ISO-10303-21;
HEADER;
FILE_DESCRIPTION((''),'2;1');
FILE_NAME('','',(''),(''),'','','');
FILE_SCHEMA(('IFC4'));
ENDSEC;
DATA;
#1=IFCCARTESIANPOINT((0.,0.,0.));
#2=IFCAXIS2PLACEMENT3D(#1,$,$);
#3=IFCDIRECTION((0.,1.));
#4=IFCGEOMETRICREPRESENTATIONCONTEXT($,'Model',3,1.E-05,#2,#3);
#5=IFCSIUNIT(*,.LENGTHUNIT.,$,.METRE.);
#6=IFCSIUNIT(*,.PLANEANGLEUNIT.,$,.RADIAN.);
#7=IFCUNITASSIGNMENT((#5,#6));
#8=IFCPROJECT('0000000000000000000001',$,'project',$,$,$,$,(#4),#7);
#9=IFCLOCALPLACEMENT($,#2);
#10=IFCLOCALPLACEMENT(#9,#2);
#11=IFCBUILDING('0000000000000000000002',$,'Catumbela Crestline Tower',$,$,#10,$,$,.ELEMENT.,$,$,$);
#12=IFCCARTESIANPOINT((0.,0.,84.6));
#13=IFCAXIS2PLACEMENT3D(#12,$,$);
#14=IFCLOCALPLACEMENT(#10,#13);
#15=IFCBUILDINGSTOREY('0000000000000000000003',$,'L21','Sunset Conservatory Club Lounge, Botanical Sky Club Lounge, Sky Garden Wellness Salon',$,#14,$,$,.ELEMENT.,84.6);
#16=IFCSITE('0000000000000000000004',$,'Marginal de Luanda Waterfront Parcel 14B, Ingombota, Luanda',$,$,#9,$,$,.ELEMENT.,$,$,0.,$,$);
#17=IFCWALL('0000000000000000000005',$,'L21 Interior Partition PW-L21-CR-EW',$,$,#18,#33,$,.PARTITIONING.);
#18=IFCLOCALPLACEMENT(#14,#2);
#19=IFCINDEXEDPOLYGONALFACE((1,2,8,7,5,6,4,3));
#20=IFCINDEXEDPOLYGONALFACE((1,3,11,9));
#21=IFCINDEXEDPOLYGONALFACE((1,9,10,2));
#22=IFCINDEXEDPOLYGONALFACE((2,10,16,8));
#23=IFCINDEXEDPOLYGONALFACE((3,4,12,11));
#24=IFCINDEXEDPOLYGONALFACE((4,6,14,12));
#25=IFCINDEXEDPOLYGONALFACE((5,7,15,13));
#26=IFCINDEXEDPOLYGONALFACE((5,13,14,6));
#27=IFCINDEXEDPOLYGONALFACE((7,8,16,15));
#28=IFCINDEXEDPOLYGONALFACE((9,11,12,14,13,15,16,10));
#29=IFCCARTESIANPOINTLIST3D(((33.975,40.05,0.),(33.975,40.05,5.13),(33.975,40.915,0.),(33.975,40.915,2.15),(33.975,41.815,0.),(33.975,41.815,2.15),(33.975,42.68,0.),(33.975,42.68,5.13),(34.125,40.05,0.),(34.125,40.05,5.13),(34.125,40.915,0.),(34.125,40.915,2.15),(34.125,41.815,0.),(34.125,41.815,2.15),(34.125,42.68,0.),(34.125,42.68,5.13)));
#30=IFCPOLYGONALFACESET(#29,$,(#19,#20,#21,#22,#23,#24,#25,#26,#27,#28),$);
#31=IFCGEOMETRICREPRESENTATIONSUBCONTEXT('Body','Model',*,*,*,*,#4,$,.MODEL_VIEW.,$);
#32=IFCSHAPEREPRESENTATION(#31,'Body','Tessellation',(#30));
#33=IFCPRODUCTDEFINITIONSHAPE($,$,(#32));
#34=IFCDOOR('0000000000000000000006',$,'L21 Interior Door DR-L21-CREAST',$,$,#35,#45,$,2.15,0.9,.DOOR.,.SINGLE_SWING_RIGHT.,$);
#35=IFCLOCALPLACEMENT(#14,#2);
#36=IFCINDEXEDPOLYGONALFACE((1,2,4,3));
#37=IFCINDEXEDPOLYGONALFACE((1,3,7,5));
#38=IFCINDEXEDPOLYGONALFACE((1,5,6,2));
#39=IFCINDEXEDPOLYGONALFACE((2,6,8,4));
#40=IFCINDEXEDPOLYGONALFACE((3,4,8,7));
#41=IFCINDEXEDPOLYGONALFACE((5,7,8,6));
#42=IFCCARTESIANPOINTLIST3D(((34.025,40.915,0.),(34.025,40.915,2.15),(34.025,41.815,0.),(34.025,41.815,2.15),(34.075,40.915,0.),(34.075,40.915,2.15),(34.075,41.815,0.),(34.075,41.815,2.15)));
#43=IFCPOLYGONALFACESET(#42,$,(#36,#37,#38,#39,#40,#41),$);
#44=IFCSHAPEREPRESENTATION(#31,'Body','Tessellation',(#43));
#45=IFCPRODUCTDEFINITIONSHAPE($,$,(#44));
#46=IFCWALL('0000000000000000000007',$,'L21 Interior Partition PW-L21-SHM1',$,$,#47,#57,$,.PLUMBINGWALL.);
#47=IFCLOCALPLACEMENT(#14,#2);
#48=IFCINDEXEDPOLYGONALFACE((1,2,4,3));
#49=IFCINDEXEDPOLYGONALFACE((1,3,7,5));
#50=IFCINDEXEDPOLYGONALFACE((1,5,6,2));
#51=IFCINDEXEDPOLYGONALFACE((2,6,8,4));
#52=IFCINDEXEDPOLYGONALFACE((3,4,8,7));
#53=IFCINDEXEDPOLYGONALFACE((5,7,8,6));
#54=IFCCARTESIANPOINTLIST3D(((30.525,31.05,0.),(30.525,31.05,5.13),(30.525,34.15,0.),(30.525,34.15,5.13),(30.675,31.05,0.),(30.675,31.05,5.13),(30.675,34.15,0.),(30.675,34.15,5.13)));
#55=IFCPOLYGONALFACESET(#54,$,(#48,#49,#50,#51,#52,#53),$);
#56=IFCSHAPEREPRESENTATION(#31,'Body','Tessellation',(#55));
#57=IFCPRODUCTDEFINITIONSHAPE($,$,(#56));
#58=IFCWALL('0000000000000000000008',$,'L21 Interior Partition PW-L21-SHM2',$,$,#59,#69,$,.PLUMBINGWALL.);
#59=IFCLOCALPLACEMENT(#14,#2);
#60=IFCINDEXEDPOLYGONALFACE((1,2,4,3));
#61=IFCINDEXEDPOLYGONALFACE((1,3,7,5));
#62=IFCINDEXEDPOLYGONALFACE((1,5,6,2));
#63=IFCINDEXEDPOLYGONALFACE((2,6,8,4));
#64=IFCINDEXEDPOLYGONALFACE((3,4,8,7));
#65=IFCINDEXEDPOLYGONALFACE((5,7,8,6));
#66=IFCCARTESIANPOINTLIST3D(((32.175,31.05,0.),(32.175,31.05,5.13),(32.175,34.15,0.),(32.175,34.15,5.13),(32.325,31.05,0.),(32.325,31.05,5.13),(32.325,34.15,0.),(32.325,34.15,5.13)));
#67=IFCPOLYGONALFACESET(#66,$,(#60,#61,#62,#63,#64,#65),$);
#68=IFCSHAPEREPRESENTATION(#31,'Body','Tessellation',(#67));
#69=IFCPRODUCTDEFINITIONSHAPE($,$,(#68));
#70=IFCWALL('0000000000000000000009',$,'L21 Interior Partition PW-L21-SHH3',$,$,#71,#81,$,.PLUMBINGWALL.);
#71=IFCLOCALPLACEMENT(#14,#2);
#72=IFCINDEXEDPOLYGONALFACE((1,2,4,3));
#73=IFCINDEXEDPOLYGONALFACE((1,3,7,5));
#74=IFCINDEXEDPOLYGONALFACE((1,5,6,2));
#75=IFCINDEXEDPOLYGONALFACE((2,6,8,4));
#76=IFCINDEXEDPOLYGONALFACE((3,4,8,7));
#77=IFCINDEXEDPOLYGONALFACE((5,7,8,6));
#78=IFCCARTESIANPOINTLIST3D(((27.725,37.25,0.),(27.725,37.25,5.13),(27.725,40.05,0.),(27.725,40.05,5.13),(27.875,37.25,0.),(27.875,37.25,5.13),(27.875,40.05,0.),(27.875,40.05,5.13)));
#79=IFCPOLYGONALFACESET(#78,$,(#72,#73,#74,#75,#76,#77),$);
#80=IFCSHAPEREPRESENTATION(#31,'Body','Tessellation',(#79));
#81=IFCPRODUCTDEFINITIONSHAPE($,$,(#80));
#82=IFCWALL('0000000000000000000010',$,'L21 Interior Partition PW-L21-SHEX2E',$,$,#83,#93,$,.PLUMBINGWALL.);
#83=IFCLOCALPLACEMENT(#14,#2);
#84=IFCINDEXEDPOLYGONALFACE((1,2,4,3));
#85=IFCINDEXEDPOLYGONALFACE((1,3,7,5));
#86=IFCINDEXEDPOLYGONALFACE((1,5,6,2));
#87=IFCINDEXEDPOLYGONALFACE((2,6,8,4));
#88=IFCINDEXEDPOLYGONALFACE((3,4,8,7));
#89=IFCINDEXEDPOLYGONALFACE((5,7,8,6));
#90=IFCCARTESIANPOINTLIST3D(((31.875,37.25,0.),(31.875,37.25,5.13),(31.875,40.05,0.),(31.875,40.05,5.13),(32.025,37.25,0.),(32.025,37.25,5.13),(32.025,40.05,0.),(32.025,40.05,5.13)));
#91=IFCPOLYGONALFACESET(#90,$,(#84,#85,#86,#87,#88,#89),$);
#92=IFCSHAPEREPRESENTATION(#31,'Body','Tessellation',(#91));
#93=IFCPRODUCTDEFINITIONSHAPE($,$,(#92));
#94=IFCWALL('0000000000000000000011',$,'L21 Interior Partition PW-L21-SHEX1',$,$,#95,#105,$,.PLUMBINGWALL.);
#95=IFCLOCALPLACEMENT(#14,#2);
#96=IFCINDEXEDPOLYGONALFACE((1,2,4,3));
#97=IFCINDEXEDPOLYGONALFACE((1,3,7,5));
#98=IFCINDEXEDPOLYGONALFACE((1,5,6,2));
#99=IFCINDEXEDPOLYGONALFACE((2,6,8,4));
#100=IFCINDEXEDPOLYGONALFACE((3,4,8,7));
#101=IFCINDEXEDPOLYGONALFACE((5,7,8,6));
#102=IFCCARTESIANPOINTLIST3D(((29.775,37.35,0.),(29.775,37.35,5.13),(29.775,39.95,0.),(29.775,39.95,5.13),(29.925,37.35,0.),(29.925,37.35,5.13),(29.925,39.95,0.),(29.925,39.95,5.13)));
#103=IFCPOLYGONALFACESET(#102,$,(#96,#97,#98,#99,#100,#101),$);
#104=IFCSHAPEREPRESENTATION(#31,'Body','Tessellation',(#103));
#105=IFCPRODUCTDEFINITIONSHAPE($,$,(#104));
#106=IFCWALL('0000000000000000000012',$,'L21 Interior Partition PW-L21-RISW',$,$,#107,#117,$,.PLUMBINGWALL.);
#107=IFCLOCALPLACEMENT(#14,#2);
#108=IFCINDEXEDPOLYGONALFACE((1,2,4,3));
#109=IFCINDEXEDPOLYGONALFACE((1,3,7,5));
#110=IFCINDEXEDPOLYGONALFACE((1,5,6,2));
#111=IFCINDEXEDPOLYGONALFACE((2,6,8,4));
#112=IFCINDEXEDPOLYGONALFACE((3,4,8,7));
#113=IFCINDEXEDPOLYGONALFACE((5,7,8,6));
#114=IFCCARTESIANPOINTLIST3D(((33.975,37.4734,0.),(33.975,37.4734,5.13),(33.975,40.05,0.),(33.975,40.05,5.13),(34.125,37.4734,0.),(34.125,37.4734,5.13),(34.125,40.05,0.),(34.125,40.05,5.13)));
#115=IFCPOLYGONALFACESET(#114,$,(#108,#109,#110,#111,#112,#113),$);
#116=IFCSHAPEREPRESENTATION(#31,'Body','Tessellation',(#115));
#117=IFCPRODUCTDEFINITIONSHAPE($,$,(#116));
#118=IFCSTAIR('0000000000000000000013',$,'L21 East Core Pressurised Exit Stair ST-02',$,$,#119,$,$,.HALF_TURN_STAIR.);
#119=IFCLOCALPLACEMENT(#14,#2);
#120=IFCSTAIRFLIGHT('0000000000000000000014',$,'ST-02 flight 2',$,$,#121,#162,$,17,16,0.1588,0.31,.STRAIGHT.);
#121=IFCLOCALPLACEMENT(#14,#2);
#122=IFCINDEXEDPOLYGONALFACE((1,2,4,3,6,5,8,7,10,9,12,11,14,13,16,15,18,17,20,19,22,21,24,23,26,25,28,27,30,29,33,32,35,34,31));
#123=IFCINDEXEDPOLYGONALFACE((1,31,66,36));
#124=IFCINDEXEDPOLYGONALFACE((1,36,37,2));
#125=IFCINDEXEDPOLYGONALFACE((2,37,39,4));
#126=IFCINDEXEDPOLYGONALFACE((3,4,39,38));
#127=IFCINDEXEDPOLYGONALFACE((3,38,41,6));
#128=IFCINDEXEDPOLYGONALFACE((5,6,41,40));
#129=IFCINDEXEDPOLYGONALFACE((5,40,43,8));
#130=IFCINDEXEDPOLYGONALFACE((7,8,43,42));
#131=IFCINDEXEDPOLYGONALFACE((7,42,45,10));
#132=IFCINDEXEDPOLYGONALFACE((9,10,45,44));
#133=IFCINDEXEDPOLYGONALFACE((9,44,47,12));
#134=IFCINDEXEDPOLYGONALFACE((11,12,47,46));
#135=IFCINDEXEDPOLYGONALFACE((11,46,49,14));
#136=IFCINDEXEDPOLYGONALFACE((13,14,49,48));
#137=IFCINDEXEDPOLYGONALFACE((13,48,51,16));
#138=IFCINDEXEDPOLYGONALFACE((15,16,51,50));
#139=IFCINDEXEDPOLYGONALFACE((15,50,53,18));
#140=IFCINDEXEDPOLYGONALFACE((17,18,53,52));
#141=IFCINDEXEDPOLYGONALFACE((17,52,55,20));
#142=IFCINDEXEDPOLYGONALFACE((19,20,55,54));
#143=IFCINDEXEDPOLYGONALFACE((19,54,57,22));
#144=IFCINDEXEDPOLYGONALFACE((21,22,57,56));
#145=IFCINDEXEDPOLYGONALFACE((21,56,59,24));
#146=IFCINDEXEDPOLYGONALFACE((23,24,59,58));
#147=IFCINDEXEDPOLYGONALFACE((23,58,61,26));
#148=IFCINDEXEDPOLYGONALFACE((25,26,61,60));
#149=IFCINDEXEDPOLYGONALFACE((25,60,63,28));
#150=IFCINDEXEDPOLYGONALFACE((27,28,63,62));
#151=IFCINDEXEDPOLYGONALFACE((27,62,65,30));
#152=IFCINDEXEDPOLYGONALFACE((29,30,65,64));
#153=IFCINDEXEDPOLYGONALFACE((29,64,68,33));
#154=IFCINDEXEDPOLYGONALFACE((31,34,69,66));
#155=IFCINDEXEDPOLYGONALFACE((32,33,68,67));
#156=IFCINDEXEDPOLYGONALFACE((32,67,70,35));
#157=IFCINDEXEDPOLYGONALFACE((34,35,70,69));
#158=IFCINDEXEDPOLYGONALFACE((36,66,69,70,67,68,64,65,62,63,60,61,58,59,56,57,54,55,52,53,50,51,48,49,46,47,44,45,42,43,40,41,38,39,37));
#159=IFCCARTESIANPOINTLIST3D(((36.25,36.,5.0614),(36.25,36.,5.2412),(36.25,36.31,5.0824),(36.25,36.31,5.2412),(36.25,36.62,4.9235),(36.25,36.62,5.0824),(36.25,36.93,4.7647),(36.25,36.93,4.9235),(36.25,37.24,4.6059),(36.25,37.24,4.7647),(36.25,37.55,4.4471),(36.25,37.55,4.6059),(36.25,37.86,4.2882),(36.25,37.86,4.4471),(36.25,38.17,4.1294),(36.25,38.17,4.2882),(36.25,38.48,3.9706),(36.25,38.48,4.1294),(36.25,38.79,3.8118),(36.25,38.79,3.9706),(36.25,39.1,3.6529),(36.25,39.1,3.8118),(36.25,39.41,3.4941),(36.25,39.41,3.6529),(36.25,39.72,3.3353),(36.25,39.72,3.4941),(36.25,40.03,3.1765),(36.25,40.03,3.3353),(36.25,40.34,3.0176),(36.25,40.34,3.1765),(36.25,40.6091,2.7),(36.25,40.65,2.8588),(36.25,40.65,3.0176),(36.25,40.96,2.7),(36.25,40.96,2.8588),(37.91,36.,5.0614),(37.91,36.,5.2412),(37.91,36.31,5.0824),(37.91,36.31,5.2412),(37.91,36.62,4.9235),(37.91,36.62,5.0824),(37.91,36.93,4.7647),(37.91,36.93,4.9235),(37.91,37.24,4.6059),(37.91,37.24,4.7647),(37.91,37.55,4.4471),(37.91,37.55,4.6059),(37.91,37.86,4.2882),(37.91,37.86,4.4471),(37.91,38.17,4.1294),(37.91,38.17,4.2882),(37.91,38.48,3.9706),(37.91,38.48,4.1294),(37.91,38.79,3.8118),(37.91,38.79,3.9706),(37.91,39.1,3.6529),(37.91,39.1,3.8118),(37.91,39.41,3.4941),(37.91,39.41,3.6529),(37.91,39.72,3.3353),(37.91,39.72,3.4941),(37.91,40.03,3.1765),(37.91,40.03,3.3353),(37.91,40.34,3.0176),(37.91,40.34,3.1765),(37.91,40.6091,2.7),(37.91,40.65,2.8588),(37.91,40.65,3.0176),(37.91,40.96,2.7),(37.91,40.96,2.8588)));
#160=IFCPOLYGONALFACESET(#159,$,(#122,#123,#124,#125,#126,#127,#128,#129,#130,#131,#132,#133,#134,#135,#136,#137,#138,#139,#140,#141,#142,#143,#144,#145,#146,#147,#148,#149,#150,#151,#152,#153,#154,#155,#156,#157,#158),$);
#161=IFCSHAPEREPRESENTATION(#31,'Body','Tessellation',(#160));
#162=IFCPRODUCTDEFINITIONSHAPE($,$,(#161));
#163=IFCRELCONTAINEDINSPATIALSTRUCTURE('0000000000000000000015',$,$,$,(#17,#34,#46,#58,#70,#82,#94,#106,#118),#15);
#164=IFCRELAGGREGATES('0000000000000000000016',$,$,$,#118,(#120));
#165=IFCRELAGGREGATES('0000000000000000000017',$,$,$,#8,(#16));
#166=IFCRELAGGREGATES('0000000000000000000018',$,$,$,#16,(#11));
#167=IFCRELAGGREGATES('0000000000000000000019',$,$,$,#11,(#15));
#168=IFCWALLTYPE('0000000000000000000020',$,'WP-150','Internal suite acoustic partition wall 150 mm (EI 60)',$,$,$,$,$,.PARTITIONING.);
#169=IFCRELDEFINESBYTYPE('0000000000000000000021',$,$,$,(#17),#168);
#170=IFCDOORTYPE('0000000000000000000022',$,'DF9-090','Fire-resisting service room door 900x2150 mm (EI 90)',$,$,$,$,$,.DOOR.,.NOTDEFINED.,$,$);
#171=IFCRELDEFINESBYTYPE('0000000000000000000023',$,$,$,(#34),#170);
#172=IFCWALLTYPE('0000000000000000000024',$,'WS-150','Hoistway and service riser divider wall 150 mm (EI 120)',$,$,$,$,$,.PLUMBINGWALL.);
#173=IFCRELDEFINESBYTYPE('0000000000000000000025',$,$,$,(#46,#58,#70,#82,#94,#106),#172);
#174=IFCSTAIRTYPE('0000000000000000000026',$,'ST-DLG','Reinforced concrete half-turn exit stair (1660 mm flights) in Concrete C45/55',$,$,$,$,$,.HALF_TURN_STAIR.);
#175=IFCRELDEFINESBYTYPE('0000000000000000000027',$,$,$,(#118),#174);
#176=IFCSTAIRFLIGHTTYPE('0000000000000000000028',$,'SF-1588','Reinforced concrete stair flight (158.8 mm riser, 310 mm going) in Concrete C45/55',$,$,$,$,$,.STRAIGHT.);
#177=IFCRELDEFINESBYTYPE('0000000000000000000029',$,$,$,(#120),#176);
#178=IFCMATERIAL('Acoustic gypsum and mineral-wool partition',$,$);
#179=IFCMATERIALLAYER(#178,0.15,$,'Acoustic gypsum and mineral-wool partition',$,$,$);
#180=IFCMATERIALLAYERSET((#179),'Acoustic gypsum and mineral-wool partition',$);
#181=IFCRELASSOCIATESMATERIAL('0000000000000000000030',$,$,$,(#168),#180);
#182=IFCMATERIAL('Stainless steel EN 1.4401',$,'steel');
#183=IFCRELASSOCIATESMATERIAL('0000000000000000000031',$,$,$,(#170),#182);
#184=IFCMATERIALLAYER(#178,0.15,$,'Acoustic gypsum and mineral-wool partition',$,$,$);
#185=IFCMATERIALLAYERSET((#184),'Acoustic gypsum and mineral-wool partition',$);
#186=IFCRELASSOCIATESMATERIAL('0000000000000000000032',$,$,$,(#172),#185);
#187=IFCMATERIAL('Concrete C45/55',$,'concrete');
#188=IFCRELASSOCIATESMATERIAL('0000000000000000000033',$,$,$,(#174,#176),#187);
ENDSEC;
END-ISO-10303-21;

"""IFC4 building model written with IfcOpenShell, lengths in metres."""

from ifc_helpers import new_model, si_unit, direction, frame, frame_2d, origin, place, context, subcontext, project, spatial, polyline, rectangle, outline, extrude, material, layer, layer_set, type_object, element, fill, aggregate, save


model = new_model("IFC4")

# Units and contexts
model_context = context("Model", 3, precision=1e-05, world=origin(), true_north=direction((0.0, 1.0)))
body_context = subcontext(model_context, "Body", "Model", "MODEL_VIEW")
ifc_project = project(units=[si_unit("LENGTHUNIT", "METRE"), si_unit("PLANEANGLEUNIT", "RADIAN")], contexts=[model_context])

# Site, building, storey
site_placement = place(None, origin())
site = spatial("IfcSite", under=ifc_project, at=site_placement, Name="Marginal de Luanda Waterfront Parcel 14B, Ingombota, Luanda", CompositionType="ELEMENT", RefElevation=0.0)
building_placement = place(site_placement, origin())
building = spatial("IfcBuilding", under=site, at=building_placement, Name="Catumbela Crestline Tower", CompositionType="ELEMENT")
storey_placement = place(building_placement, frame((0.0, 0.0, 84.6)))
storey = spatial("IfcBuildingStorey", under=building, at=storey_placement, Name="L21", Description="Sunset Conservatory Club Lounge, Botanical Sky Club Lounge, Sky Garden Wellness Salon", CompositionType="ELEMENT", Elevation=84.6)

# Shared definitions
ifc_material_1 = material(Name="Stainless steel EN 1.4401", Category="steel")

# Shared definitions
ifc_material_2 = material(Name="Acoustic gypsum and mineral-wool partition")
ifc_layer_1 = layer(ifc_material_2, 0.15, Name="Acoustic gypsum and mineral-wool partition")
ifc_layer_set_1 = layer_set([ifc_layer_1], Name="Acoustic gypsum and mineral-wool partition")
wall_type_1 = type_object("IfcWallType", Name="WP-150", Description="Internal suite acoustic partition wall 150 mm (EI 60)", PredefinedType="PARTITIONING", material=ifc_layer_set_1)

# Wall, opening, door
wall_1_placement = place(storey_placement, frame((34.05, 40.05, 0.0), z_axis=(0.0, 0.0, 1.0), x_axis=(0.0, 1.0, 0.0)))
wall_1 = element("IfcWall", 1, at=wall_1_placement, inside=storey, type_object=wall_type_1, Name="L21 Interior Partition PW-L21-CR-EW", PredefinedType="PARTITIONING", context=body_context, shape_type="SweptSolid", body=[
    extrude(rectangle(XDim=2.63, YDim=0.15, at=frame_2d((1.315, 0.0))), origin(), (0.0, 0.0, 1.0), 5.13),
])
opening_1_placement = place(wall_1_placement, frame((0.865, 0.0, 0.0)))
opening_1 = element("IfcOpeningElement", 2, at=opening_1_placement, cuts=wall_1, PredefinedType="OPENING", context=body_context, shape_type="SweptSolid", body=[
    extrude(rectangle(XDim=0.9, YDim=2.15, at=frame_2d((0.45, 1.075))), frame((0.0, 0.085, 0.0), z_axis=(0.0, -1.0, 0.0), x_axis=(1.0, 0.0, 0.0)), (0.0, 0.0, 1.0), 0.17),
])
door_type_1 = type_object("IfcDoorType", Name="DF9-090", Description="Fire-resisting service room door 900x2150 mm (EI 90)", OperationType="NOTDEFINED", PredefinedType="DOOR", material=ifc_material_1)
door_1_placement = place(opening_1_placement, origin())
door_1 = element("IfcDoor", 3, at=door_1_placement, inside=storey, type_object=door_type_1, Name="L21 Interior Door DR-L21-CREAST", OperationType="SINGLE_SWING_RIGHT", OverallHeight=2.15, OverallWidth=0.9, PredefinedType="DOOR", context=body_context, shape_type="SweptSolid", body=[
    extrude(rectangle(XDim=0.9, YDim=2.15, at=frame_2d((0.45, 1.075))), frame((0.0, 0.025, 0.0), z_axis=(0.0, -1.0, 0.0), x_axis=(1.0, 0.0, 0.0)), (0.0, 0.0, 1.0), 0.05),
])
fill(opening_1, door_1)

# Walls
ifc_layer_2 = layer(ifc_material_2, 0.15, Name="Acoustic gypsum and mineral-wool partition")
ifc_layer_set_2 = layer_set([ifc_layer_2], Name="Acoustic gypsum and mineral-wool partition")
wall_type_2 = type_object("IfcWallType", Name="WS-150", Description="Hoistway and service riser divider wall 150 mm (EI 120)", PredefinedType="PLUMBINGWALL", material=ifc_layer_set_2)
for number, where, z_axis, x_axis, name in (
    (4, (30.6, 31.05, 0.0), (0.0, 0.0, 1.0), (0.0, 1.0, 0.0), "L21 Interior Partition PW-L21-SHM1"),
    (5, (32.25, 31.05, 0.0), (0.0, 0.0, 1.0), (0.0, 1.0, 0.0), "L21 Interior Partition PW-L21-SHM2"),
):
    element("IfcWall", number, at=place(storey_placement, frame(where, z_axis=z_axis, x_axis=x_axis)), inside=storey, type_object=wall_type_2, Name=name, PredefinedType="PLUMBINGWALL", context=body_context, shape_type="SweptSolid", body=[
        extrude(rectangle(XDim=3.1, YDim=0.15, at=frame_2d((1.55, 0.0))), origin(), (0.0, 0.0, 1.0), 5.13),
    ])
for number, where, z_axis, x_axis, name in (
    (6, (27.8, 37.25, 0.0), (0.0, 0.0, 1.0), (0.0, 1.0, 0.0), "L21 Interior Partition PW-L21-SHH3"),
    (7, (31.95, 37.25, 0.0), (0.0, 0.0, 1.0), (0.0, 1.0, 0.0), "L21 Interior Partition PW-L21-SHEX2E"),
):
    element("IfcWall", number, at=place(storey_placement, frame(where, z_axis=z_axis, x_axis=x_axis)), inside=storey, type_object=wall_type_2, Name=name, PredefinedType="PLUMBINGWALL", context=body_context, shape_type="SweptSolid", body=[
        extrude(rectangle(XDim=2.8, YDim=0.15, at=frame_2d((1.4, 0.0))), origin(), (0.0, 0.0, 1.0), 5.13),
    ])
wall_2_placement = place(storey_placement, frame((29.85, 37.35, 0.0), z_axis=(0.0, 0.0, 1.0), x_axis=(0.0, 1.0, 0.0)))
element("IfcWall", 8, at=wall_2_placement, inside=storey, type_object=wall_type_2, Name="L21 Interior Partition PW-L21-SHEX1", PredefinedType="PLUMBINGWALL", context=body_context, shape_type="SweptSolid", body=[
    extrude(rectangle(XDim=2.6, YDim=0.15, at=frame_2d((1.3, 0.0))), origin(), (0.0, 0.0, 1.0), 5.13),
])
wall_3_placement = place(storey_placement, frame((34.05, 37.4734, 0.0), z_axis=(0.0, 0.0, 1.0), x_axis=(0.0, 1.0, 0.0)))
element("IfcWall", 9, at=wall_3_placement, inside=storey, type_object=wall_type_2, Name="L21 Interior Partition PW-L21-RISW", PredefinedType="PLUMBINGWALL", context=body_context, shape_type="SweptSolid", body=[
    extrude(rectangle(XDim=2.5766, YDim=0.15, at=frame_2d((1.2883, 0.0))), origin(), (0.0, 0.0, 1.0), 5.13),
])

# Stair, stair flight
ifc_material_3 = material(Name="Concrete C45/55", Category="concrete")
stair_type = type_object("IfcStairType", Name="ST-DLG", Description="Reinforced concrete half-turn exit stair (1660 mm flights) in Concrete C45/55", PredefinedType="HALF_TURN_STAIR", material=ifc_material_3)
stair_placement = place(storey_placement, origin())
stair = element("IfcStair", 10, at=stair_placement, inside=storey, type_object=stair_type, Name="L21 East Core Pressurised Exit Stair ST-02", PredefinedType="HALF_TURN_STAIR")
stair_flight_type = type_object("IfcStairFlightType", Name="SF-1588", Description="Reinforced concrete stair flight (158.8 mm riser, 310 mm going) in Concrete C45/55", PredefinedType="STRAIGHT", material=ifc_material_3)
stair_flight_placement = place(storey_placement, frame((37.08, 40.96, 2.7), z_axis=(0.0, 0.0, 1.0), x_axis=(0.0, -1.0, 0.0)))
stair_flight = element("IfcStairFlight", 11, at=stair_flight_placement, type_object=stair_flight_type, Name="ST-02 flight 2", NumberOfRisers=17, NumberOfTreads=16, PredefinedType="STRAIGHT", RiserHeight=0.1588, TreadLength=0.31, context=body_context, shape_type="SweptSolid", body=[
    extrude(outline(polyline([(0.0, 0.0), (0.0, 0.1588), (0.31, 0.1588), (0.31, 0.3176), (0.62, 0.3176), (0.62, 0.4765), (0.93, 0.4765), (0.93, 0.6353), (1.24, 0.6353), (1.24, 0.7941), (1.55, 0.7941), (1.55, 0.9529), (1.86, 0.9529), (1.86, 1.1118), (2.17, 1.1118), (2.17, 1.2706), (2.48, 1.2706), (2.48, 1.4294), (2.79, 1.4294), (2.79, 1.5882), (3.1, 1.5882), (3.1, 1.7471), (3.41, 1.7471), (3.41, 1.9059), (3.72, 1.9059), (3.72, 2.0647), (4.03, 2.0647), (4.03, 2.2235), (4.34, 2.2235), (4.34, 2.3824), (4.65, 2.3824), (4.65, 2.5412), (4.96, 2.5412), (4.96, 2.7), (4.96, 2.3614), (0.3509, 0.0), (0.0, 0.0)])), frame((0.0, 0.83, 0.0), z_axis=(0.0, -1.0, 0.0), x_axis=(1.0, 0.0, 0.0)), (0.0, 0.0, 1.0), 1.66),
])
aggregate(stair, [stair_flight])

save(model, "model.ifc")
